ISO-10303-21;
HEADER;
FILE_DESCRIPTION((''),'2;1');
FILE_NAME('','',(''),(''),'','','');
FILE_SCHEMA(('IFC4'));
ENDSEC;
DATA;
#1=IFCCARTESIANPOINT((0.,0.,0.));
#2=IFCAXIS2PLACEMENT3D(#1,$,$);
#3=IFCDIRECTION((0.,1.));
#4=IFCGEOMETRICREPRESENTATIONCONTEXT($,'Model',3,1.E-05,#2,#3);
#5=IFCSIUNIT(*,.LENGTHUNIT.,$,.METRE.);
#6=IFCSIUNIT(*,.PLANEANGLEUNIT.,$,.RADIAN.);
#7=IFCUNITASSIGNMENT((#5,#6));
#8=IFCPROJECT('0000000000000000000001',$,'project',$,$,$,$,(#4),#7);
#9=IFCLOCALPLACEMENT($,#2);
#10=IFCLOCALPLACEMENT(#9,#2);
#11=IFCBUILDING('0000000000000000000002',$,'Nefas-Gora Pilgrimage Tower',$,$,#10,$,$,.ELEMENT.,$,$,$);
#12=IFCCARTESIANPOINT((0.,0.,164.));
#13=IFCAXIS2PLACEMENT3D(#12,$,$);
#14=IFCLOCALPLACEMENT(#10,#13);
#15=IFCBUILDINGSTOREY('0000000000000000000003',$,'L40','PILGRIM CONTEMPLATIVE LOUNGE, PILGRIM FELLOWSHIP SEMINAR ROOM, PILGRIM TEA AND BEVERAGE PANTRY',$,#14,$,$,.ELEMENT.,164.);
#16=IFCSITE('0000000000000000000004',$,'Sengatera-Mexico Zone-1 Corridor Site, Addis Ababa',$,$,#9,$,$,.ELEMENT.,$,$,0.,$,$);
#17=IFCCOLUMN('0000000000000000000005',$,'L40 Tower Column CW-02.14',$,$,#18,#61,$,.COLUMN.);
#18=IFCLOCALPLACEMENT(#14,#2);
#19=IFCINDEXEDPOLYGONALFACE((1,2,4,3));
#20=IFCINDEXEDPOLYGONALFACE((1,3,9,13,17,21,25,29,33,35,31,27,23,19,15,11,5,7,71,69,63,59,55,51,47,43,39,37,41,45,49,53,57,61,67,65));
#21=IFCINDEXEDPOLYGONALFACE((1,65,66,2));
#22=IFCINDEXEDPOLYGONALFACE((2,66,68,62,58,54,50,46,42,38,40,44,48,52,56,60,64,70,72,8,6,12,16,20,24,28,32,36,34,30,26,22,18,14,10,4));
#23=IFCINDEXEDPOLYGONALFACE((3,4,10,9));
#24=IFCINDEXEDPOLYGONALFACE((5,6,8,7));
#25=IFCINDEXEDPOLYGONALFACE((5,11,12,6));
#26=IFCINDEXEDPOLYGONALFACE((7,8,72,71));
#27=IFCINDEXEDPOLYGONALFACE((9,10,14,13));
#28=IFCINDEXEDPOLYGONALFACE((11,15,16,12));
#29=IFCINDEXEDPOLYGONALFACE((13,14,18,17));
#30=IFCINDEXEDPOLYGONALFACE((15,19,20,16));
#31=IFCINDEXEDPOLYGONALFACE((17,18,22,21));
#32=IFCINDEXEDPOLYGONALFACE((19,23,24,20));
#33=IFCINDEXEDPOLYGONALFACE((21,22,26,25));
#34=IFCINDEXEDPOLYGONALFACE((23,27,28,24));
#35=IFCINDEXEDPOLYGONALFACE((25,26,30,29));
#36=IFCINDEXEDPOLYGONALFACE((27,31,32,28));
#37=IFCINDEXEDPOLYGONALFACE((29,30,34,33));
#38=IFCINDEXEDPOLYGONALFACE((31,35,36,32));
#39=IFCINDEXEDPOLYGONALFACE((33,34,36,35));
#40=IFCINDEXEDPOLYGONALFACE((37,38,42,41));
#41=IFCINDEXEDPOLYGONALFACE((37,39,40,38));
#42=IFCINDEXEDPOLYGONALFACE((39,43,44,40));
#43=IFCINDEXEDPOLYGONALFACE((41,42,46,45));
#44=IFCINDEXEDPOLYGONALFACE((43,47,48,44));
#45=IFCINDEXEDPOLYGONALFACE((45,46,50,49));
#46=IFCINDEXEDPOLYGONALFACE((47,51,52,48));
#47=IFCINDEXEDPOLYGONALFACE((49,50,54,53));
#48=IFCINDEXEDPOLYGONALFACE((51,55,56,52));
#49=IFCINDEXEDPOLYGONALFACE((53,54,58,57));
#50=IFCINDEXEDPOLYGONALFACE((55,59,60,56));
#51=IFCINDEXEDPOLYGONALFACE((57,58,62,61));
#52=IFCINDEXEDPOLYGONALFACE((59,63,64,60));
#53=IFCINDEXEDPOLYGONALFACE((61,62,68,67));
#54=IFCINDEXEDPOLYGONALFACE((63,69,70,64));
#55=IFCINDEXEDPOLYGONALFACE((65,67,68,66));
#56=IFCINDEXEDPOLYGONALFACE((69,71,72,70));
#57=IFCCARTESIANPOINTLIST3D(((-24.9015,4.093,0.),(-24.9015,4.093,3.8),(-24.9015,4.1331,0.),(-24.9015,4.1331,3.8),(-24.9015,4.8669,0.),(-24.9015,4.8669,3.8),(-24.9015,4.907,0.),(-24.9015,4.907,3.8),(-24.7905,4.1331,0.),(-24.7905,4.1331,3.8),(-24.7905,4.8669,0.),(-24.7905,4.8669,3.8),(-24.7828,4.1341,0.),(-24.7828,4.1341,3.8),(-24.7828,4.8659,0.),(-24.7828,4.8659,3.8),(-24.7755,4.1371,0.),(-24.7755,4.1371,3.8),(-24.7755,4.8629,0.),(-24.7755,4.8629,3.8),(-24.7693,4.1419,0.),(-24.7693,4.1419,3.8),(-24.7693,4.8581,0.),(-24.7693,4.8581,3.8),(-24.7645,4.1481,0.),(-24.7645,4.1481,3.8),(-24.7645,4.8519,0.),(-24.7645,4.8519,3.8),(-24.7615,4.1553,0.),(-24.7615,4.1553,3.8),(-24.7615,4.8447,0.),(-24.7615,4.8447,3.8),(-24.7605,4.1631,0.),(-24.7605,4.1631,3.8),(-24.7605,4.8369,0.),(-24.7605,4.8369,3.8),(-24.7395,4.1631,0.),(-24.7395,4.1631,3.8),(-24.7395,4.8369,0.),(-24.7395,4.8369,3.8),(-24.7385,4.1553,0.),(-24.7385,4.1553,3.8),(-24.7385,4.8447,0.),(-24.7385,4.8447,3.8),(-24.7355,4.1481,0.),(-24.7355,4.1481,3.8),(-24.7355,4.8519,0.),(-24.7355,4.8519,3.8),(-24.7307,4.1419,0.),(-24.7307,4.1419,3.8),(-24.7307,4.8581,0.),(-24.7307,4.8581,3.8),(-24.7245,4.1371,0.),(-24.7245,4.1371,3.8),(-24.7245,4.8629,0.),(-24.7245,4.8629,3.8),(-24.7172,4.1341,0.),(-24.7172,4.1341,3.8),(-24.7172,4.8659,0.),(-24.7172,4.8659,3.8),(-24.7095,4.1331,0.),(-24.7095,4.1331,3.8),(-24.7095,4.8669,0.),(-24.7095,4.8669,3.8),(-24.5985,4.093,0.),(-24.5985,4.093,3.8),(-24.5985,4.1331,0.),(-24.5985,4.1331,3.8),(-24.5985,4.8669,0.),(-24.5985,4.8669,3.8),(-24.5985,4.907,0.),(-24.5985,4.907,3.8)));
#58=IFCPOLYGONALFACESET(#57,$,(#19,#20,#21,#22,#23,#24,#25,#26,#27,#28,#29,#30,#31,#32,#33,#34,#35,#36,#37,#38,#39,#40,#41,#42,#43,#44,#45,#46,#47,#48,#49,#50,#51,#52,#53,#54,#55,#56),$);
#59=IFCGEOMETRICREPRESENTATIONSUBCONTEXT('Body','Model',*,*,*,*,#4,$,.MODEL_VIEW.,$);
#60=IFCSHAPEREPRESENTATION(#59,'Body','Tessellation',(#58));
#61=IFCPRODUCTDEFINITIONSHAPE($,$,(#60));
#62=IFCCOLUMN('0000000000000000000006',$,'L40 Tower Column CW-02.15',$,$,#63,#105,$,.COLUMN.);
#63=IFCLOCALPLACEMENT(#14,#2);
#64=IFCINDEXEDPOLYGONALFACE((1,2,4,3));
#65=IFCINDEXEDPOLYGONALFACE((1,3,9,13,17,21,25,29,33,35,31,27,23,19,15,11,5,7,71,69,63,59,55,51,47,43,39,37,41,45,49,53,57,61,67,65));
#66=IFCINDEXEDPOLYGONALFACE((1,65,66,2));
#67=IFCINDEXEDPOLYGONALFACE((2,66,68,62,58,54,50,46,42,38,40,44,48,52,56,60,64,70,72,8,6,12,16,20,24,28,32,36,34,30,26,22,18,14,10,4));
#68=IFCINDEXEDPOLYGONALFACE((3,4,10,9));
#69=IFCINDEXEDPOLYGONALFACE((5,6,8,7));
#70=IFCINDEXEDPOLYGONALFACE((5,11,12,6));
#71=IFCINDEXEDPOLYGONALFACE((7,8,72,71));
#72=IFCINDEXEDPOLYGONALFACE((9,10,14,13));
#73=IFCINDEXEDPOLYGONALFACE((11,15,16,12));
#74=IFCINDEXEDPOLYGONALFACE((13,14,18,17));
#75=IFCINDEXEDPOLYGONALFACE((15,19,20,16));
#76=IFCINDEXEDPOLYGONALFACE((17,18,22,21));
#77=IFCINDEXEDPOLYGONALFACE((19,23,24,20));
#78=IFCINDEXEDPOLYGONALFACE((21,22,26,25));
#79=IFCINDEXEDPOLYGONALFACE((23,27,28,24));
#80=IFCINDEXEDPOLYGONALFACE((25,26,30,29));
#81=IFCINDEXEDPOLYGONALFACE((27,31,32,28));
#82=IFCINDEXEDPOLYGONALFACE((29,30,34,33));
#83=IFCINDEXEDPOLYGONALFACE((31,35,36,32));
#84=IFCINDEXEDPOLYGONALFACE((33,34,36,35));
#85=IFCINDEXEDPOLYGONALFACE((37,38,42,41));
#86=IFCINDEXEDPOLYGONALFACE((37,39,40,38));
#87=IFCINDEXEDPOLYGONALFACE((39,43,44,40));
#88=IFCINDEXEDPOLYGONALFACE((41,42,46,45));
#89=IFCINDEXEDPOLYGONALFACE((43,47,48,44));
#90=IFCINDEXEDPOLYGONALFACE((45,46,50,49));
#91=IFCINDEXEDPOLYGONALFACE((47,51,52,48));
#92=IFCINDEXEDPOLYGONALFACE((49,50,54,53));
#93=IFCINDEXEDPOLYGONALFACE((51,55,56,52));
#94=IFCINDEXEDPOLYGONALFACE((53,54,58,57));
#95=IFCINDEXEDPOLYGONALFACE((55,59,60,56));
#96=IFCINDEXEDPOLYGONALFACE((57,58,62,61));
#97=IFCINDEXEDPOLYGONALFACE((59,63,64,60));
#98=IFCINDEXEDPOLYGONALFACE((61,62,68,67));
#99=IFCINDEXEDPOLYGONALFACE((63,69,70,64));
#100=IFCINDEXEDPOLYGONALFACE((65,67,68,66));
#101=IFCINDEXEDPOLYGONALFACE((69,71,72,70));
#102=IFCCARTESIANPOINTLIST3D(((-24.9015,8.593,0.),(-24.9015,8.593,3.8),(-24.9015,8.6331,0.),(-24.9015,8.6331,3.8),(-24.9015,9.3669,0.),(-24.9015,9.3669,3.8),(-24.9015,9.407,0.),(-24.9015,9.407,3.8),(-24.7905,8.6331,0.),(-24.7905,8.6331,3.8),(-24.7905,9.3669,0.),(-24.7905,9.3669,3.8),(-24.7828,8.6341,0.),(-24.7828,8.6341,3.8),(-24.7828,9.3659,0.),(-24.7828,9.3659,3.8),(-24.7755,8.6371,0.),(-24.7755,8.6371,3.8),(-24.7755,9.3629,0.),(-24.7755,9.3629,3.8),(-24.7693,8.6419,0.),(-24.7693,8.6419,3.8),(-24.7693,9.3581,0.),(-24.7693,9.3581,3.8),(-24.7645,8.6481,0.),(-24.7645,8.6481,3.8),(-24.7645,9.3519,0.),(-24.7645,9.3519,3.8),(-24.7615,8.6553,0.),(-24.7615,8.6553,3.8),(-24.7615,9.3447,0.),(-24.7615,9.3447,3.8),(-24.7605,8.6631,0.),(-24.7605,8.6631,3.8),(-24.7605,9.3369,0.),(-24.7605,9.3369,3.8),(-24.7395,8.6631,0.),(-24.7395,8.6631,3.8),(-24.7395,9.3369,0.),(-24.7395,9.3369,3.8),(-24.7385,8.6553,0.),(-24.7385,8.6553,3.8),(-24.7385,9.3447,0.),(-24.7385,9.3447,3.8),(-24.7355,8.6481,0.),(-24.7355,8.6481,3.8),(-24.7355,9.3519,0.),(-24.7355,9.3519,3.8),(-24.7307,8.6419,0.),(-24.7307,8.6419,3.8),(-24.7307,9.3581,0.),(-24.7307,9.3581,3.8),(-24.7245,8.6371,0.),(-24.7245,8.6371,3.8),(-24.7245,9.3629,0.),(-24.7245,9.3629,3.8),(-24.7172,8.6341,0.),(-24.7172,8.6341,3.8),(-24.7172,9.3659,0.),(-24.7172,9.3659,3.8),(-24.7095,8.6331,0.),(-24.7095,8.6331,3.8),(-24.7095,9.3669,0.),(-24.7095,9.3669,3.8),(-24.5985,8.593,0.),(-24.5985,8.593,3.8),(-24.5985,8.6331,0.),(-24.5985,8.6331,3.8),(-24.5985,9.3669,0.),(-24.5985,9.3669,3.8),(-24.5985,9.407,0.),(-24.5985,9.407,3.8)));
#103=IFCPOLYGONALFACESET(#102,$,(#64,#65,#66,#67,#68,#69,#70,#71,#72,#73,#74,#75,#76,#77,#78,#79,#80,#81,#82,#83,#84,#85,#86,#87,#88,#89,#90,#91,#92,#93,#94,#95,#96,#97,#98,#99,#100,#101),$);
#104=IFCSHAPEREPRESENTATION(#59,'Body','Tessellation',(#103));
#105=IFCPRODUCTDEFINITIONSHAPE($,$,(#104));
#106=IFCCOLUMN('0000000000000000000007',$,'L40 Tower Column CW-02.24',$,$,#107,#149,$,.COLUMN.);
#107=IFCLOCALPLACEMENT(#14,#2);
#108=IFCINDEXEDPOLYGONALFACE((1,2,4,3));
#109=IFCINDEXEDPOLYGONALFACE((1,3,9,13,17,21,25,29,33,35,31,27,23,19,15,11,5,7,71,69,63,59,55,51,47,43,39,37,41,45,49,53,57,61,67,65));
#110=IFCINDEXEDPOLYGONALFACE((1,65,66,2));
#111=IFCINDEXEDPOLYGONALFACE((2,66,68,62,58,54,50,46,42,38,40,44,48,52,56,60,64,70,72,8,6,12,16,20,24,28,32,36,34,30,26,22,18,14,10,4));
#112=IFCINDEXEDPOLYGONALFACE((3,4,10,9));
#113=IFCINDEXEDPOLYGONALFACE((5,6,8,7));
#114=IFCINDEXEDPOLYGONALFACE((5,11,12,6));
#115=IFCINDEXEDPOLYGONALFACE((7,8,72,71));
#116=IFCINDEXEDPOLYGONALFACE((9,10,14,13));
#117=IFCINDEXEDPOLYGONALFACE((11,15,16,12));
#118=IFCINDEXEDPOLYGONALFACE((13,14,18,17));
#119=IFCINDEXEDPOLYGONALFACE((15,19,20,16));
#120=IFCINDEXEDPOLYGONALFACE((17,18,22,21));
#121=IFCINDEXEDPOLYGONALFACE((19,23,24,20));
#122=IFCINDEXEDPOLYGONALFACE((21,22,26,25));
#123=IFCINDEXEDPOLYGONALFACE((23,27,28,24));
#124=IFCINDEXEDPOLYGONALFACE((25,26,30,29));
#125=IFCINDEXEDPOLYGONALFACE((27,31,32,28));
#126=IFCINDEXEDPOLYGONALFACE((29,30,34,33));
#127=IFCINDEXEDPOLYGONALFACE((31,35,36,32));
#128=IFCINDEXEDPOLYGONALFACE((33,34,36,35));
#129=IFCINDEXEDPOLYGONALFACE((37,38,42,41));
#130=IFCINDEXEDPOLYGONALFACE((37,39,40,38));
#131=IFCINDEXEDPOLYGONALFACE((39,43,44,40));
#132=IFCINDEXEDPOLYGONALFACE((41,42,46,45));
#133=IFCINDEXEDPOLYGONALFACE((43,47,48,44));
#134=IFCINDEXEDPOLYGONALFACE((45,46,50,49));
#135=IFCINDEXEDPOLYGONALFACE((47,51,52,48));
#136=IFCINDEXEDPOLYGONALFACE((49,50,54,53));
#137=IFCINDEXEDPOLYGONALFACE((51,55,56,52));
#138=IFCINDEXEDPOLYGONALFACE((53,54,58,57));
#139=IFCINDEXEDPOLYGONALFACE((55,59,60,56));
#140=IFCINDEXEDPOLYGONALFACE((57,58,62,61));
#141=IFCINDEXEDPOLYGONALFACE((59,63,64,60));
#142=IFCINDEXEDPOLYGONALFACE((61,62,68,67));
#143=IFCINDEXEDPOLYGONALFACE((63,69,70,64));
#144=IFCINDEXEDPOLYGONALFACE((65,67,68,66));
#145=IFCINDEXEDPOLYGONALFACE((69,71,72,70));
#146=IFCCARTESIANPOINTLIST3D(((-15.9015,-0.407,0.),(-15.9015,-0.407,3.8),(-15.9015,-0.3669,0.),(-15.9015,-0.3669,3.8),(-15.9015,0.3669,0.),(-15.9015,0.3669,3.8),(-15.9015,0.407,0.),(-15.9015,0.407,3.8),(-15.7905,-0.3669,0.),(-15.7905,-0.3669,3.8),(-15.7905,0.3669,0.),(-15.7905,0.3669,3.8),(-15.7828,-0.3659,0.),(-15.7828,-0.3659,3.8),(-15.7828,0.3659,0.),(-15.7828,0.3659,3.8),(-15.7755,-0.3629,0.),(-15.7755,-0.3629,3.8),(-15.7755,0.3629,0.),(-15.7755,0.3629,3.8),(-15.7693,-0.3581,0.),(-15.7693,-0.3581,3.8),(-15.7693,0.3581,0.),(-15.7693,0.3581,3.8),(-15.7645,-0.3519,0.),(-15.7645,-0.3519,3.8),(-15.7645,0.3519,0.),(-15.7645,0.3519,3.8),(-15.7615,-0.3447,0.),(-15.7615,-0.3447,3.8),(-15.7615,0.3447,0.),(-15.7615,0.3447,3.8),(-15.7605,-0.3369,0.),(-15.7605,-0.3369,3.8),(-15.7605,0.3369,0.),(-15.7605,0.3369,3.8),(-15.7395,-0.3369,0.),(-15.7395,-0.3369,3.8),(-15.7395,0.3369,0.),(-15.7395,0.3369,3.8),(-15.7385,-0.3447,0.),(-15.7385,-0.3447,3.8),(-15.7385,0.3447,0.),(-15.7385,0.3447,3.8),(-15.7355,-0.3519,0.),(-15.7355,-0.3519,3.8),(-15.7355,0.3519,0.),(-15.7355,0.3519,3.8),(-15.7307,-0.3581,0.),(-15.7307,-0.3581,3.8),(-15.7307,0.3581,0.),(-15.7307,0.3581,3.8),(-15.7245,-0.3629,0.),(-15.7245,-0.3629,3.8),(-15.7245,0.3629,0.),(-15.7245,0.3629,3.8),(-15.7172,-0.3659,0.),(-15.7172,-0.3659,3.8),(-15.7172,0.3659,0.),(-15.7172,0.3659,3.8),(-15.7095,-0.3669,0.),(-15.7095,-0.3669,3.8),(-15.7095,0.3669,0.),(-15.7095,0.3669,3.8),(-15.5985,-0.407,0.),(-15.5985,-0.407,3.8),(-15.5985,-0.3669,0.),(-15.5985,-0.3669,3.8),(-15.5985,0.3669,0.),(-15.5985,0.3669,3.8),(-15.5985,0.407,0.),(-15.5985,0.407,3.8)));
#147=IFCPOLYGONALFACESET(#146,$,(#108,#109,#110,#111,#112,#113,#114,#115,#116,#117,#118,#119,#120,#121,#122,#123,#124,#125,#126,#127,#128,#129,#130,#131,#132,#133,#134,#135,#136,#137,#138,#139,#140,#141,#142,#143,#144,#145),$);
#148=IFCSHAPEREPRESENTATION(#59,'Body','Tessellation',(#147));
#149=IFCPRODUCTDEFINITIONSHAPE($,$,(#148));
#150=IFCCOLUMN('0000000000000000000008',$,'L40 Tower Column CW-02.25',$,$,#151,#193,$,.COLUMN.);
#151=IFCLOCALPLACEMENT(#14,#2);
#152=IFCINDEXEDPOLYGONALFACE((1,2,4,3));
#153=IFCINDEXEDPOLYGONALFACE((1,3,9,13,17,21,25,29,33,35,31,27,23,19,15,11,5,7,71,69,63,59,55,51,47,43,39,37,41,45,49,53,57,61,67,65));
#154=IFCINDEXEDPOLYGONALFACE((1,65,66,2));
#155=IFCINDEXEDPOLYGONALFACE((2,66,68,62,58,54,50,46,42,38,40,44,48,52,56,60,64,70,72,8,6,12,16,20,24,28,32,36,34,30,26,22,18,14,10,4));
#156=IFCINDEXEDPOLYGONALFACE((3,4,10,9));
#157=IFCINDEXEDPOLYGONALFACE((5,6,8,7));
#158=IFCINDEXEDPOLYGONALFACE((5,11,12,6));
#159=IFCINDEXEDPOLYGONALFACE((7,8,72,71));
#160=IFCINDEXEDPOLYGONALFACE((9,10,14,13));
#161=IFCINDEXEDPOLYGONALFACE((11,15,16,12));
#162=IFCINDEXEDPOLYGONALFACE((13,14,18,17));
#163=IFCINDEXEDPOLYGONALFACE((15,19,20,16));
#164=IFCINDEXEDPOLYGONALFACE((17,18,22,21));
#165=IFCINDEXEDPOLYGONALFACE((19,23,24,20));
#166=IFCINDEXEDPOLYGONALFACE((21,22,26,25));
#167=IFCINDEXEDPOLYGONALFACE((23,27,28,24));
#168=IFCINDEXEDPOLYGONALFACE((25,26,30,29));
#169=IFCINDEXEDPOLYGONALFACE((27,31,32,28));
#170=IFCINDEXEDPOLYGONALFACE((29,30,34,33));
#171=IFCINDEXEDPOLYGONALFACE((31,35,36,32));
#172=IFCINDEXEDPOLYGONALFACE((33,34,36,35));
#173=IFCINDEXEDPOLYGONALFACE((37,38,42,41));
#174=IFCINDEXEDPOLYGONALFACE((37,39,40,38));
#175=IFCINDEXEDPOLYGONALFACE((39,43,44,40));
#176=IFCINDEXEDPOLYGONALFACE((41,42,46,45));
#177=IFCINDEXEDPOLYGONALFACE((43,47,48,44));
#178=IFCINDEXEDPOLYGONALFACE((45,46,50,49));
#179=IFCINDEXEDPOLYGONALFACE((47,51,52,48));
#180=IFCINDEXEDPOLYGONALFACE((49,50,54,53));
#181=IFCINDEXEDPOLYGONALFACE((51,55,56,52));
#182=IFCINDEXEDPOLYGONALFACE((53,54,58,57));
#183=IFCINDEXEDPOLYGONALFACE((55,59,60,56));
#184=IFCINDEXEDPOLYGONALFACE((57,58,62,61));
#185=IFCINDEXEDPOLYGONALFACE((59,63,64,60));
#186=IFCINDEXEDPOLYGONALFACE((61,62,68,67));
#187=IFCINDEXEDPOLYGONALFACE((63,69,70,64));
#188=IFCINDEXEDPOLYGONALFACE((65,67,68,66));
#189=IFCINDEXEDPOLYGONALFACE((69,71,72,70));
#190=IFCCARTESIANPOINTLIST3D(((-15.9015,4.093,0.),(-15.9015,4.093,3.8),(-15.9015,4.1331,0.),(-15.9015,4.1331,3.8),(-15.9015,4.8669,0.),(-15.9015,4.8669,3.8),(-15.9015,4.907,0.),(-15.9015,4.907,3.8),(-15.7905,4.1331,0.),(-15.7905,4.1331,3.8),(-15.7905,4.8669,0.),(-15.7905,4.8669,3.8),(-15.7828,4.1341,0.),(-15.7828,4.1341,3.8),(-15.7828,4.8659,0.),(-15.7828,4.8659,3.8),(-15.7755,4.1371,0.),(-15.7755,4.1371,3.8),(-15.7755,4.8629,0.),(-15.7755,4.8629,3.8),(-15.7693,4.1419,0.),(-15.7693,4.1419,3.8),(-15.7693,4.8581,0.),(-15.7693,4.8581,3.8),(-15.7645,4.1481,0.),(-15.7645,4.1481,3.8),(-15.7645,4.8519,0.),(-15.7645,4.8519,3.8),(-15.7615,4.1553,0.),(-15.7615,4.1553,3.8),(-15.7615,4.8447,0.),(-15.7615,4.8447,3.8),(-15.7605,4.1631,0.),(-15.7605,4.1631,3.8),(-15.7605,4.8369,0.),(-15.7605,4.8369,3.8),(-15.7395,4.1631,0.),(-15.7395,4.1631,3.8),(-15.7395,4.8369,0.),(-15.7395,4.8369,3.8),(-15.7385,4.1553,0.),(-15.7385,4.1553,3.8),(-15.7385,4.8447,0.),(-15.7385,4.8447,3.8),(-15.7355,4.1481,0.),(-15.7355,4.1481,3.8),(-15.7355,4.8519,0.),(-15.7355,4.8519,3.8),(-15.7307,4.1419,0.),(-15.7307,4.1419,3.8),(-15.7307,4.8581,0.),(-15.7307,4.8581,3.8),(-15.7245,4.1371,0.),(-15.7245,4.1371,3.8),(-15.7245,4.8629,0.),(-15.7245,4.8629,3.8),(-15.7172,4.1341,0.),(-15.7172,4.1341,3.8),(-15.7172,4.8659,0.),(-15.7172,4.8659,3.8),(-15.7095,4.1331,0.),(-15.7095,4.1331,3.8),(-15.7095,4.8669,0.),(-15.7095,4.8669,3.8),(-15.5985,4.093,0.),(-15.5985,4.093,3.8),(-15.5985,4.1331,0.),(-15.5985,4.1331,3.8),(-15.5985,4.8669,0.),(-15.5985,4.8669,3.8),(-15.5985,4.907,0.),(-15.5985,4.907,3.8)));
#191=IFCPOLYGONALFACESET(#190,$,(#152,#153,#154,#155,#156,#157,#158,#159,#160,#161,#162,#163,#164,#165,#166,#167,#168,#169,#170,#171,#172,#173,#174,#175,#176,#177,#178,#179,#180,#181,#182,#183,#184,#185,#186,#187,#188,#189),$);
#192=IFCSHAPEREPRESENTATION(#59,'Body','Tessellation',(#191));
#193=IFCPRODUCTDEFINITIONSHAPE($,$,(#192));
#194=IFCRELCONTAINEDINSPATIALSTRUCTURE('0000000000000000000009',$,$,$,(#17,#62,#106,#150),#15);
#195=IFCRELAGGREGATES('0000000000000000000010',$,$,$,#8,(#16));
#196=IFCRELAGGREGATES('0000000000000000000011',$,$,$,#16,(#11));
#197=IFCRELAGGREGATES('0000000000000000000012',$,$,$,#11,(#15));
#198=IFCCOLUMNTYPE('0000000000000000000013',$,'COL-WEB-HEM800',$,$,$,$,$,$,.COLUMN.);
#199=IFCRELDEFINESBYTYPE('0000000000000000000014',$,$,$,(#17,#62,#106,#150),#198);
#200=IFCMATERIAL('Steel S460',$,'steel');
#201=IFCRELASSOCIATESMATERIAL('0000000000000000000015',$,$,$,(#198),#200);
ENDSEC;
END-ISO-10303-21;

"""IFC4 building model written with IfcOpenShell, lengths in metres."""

from ifc_helpers import new_model, si_unit, direction, frame, origin, origin_2d, place, context, subcontext, project, spatial, i_section, extrude, source, transform, mapped, material, material_profile, profile_set, type_object, element, save


model = new_model("IFC4")

# Units and contexts
model_context = context("Model", 3, precision=1e-05, world=origin(), true_north=direction((0.0, 1.0)))
body_context = subcontext(model_context, "Body", "Model", "MODEL_VIEW")
ifc_project = project(units=[si_unit("LENGTHUNIT", "METRE"), si_unit("PLANEANGLEUNIT", "RADIAN")], contexts=[model_context])

# Site, building, storey
site_placement = place(None, origin())
site = spatial("IfcSite", under=ifc_project, at=site_placement, Name="Sengatera-Mexico Zone-1 Corridor Site, Addis Ababa", CompositionType="ELEMENT", RefElevation=0.0)
building_placement = place(site_placement, origin())
building = spatial("IfcBuilding", under=site, at=building_placement, Name="Nefas-Gora Pilgrimage Tower", CompositionType="ELEMENT")
storey_placement = place(building_placement, frame((0.0, 0.0, 164.0)))
storey = spatial("IfcBuildingStorey", under=building, at=storey_placement, Name="L40", Description="PILGRIM CONTEMPLATIVE LOUNGE, PILGRIM FELLOWSHIP SEMINAR ROOM, PILGRIM TEA AND BEVERAGE PANTRY", CompositionType="ELEMENT", Elevation=164.0)

# Columns
ifc_material_1 = material(Name="Steel S460", Category="steel")
ifc_material_profile_1 = material_profile(ifc_material_1, i_section(OverallWidth=0.303, OverallDepth=0.814, WebThickness=0.021, FlangeThickness=0.04, FilletRadius=0.03, at=origin_2d()), Name="HEM 800")
ifc_profile_set_1 = profile_set([ifc_material_profile_1], Name="Steel S460")
column_type_1 = type_object("IfcColumnType", Name="COL-WEB-HEM800", PredefinedType="COLUMN", material=ifc_profile_set_1)
shared_shape_1 = source(origin(), body_context, "Body", "SweptSolid", [
    extrude(i_section(OverallWidth=0.303, OverallDepth=0.814, WebThickness=0.021, FlangeThickness=0.04, FilletRadius=0.03, at=origin_2d()), origin(), (0.0, 0.0, 1.0), 3.8),
])
for number, where, z_axis, x_axis, name in (
    (1, (-24.75, 4.5, 0.0), (0.0, 0.0, 1.0), (1.0, 0.0, 0.0), "L40 Tower Column CW-02.14"),
    (2, (-24.75, 9.0, 0.0), (0.0, 0.0, 1.0), (1.0, 0.0, 0.0), "L40 Tower Column CW-02.15"),
    (3, (-15.75, 0.0, 0.0), (0.0, 0.0, 1.0), (1.0, 0.0, 0.0), "L40 Tower Column CW-02.24"),
    (4, (-15.75, 4.5, 0.0), (0.0, 0.0, 1.0), (1.0, 0.0, 0.0), "L40 Tower Column CW-02.25"),
):
    element("IfcColumn", number, at=place(storey_placement, frame(where, z_axis=z_axis, x_axis=x_axis)), inside=storey, type_object=column_type_1, Name=name, PredefinedType="COLUMN", context=body_context, shape_type="MappedRepresentation", body=[
        mapped(shared_shape_1, transform((0.0, 0.0, 0.0), x_axis=(1.0, 0.0, 0.0), y_axis=(0.0, 1.0, 0.0), z_axis=(0.0, 0.0, 1.0), scale=1.0)),
    ])

save(model, "model.ifc")
